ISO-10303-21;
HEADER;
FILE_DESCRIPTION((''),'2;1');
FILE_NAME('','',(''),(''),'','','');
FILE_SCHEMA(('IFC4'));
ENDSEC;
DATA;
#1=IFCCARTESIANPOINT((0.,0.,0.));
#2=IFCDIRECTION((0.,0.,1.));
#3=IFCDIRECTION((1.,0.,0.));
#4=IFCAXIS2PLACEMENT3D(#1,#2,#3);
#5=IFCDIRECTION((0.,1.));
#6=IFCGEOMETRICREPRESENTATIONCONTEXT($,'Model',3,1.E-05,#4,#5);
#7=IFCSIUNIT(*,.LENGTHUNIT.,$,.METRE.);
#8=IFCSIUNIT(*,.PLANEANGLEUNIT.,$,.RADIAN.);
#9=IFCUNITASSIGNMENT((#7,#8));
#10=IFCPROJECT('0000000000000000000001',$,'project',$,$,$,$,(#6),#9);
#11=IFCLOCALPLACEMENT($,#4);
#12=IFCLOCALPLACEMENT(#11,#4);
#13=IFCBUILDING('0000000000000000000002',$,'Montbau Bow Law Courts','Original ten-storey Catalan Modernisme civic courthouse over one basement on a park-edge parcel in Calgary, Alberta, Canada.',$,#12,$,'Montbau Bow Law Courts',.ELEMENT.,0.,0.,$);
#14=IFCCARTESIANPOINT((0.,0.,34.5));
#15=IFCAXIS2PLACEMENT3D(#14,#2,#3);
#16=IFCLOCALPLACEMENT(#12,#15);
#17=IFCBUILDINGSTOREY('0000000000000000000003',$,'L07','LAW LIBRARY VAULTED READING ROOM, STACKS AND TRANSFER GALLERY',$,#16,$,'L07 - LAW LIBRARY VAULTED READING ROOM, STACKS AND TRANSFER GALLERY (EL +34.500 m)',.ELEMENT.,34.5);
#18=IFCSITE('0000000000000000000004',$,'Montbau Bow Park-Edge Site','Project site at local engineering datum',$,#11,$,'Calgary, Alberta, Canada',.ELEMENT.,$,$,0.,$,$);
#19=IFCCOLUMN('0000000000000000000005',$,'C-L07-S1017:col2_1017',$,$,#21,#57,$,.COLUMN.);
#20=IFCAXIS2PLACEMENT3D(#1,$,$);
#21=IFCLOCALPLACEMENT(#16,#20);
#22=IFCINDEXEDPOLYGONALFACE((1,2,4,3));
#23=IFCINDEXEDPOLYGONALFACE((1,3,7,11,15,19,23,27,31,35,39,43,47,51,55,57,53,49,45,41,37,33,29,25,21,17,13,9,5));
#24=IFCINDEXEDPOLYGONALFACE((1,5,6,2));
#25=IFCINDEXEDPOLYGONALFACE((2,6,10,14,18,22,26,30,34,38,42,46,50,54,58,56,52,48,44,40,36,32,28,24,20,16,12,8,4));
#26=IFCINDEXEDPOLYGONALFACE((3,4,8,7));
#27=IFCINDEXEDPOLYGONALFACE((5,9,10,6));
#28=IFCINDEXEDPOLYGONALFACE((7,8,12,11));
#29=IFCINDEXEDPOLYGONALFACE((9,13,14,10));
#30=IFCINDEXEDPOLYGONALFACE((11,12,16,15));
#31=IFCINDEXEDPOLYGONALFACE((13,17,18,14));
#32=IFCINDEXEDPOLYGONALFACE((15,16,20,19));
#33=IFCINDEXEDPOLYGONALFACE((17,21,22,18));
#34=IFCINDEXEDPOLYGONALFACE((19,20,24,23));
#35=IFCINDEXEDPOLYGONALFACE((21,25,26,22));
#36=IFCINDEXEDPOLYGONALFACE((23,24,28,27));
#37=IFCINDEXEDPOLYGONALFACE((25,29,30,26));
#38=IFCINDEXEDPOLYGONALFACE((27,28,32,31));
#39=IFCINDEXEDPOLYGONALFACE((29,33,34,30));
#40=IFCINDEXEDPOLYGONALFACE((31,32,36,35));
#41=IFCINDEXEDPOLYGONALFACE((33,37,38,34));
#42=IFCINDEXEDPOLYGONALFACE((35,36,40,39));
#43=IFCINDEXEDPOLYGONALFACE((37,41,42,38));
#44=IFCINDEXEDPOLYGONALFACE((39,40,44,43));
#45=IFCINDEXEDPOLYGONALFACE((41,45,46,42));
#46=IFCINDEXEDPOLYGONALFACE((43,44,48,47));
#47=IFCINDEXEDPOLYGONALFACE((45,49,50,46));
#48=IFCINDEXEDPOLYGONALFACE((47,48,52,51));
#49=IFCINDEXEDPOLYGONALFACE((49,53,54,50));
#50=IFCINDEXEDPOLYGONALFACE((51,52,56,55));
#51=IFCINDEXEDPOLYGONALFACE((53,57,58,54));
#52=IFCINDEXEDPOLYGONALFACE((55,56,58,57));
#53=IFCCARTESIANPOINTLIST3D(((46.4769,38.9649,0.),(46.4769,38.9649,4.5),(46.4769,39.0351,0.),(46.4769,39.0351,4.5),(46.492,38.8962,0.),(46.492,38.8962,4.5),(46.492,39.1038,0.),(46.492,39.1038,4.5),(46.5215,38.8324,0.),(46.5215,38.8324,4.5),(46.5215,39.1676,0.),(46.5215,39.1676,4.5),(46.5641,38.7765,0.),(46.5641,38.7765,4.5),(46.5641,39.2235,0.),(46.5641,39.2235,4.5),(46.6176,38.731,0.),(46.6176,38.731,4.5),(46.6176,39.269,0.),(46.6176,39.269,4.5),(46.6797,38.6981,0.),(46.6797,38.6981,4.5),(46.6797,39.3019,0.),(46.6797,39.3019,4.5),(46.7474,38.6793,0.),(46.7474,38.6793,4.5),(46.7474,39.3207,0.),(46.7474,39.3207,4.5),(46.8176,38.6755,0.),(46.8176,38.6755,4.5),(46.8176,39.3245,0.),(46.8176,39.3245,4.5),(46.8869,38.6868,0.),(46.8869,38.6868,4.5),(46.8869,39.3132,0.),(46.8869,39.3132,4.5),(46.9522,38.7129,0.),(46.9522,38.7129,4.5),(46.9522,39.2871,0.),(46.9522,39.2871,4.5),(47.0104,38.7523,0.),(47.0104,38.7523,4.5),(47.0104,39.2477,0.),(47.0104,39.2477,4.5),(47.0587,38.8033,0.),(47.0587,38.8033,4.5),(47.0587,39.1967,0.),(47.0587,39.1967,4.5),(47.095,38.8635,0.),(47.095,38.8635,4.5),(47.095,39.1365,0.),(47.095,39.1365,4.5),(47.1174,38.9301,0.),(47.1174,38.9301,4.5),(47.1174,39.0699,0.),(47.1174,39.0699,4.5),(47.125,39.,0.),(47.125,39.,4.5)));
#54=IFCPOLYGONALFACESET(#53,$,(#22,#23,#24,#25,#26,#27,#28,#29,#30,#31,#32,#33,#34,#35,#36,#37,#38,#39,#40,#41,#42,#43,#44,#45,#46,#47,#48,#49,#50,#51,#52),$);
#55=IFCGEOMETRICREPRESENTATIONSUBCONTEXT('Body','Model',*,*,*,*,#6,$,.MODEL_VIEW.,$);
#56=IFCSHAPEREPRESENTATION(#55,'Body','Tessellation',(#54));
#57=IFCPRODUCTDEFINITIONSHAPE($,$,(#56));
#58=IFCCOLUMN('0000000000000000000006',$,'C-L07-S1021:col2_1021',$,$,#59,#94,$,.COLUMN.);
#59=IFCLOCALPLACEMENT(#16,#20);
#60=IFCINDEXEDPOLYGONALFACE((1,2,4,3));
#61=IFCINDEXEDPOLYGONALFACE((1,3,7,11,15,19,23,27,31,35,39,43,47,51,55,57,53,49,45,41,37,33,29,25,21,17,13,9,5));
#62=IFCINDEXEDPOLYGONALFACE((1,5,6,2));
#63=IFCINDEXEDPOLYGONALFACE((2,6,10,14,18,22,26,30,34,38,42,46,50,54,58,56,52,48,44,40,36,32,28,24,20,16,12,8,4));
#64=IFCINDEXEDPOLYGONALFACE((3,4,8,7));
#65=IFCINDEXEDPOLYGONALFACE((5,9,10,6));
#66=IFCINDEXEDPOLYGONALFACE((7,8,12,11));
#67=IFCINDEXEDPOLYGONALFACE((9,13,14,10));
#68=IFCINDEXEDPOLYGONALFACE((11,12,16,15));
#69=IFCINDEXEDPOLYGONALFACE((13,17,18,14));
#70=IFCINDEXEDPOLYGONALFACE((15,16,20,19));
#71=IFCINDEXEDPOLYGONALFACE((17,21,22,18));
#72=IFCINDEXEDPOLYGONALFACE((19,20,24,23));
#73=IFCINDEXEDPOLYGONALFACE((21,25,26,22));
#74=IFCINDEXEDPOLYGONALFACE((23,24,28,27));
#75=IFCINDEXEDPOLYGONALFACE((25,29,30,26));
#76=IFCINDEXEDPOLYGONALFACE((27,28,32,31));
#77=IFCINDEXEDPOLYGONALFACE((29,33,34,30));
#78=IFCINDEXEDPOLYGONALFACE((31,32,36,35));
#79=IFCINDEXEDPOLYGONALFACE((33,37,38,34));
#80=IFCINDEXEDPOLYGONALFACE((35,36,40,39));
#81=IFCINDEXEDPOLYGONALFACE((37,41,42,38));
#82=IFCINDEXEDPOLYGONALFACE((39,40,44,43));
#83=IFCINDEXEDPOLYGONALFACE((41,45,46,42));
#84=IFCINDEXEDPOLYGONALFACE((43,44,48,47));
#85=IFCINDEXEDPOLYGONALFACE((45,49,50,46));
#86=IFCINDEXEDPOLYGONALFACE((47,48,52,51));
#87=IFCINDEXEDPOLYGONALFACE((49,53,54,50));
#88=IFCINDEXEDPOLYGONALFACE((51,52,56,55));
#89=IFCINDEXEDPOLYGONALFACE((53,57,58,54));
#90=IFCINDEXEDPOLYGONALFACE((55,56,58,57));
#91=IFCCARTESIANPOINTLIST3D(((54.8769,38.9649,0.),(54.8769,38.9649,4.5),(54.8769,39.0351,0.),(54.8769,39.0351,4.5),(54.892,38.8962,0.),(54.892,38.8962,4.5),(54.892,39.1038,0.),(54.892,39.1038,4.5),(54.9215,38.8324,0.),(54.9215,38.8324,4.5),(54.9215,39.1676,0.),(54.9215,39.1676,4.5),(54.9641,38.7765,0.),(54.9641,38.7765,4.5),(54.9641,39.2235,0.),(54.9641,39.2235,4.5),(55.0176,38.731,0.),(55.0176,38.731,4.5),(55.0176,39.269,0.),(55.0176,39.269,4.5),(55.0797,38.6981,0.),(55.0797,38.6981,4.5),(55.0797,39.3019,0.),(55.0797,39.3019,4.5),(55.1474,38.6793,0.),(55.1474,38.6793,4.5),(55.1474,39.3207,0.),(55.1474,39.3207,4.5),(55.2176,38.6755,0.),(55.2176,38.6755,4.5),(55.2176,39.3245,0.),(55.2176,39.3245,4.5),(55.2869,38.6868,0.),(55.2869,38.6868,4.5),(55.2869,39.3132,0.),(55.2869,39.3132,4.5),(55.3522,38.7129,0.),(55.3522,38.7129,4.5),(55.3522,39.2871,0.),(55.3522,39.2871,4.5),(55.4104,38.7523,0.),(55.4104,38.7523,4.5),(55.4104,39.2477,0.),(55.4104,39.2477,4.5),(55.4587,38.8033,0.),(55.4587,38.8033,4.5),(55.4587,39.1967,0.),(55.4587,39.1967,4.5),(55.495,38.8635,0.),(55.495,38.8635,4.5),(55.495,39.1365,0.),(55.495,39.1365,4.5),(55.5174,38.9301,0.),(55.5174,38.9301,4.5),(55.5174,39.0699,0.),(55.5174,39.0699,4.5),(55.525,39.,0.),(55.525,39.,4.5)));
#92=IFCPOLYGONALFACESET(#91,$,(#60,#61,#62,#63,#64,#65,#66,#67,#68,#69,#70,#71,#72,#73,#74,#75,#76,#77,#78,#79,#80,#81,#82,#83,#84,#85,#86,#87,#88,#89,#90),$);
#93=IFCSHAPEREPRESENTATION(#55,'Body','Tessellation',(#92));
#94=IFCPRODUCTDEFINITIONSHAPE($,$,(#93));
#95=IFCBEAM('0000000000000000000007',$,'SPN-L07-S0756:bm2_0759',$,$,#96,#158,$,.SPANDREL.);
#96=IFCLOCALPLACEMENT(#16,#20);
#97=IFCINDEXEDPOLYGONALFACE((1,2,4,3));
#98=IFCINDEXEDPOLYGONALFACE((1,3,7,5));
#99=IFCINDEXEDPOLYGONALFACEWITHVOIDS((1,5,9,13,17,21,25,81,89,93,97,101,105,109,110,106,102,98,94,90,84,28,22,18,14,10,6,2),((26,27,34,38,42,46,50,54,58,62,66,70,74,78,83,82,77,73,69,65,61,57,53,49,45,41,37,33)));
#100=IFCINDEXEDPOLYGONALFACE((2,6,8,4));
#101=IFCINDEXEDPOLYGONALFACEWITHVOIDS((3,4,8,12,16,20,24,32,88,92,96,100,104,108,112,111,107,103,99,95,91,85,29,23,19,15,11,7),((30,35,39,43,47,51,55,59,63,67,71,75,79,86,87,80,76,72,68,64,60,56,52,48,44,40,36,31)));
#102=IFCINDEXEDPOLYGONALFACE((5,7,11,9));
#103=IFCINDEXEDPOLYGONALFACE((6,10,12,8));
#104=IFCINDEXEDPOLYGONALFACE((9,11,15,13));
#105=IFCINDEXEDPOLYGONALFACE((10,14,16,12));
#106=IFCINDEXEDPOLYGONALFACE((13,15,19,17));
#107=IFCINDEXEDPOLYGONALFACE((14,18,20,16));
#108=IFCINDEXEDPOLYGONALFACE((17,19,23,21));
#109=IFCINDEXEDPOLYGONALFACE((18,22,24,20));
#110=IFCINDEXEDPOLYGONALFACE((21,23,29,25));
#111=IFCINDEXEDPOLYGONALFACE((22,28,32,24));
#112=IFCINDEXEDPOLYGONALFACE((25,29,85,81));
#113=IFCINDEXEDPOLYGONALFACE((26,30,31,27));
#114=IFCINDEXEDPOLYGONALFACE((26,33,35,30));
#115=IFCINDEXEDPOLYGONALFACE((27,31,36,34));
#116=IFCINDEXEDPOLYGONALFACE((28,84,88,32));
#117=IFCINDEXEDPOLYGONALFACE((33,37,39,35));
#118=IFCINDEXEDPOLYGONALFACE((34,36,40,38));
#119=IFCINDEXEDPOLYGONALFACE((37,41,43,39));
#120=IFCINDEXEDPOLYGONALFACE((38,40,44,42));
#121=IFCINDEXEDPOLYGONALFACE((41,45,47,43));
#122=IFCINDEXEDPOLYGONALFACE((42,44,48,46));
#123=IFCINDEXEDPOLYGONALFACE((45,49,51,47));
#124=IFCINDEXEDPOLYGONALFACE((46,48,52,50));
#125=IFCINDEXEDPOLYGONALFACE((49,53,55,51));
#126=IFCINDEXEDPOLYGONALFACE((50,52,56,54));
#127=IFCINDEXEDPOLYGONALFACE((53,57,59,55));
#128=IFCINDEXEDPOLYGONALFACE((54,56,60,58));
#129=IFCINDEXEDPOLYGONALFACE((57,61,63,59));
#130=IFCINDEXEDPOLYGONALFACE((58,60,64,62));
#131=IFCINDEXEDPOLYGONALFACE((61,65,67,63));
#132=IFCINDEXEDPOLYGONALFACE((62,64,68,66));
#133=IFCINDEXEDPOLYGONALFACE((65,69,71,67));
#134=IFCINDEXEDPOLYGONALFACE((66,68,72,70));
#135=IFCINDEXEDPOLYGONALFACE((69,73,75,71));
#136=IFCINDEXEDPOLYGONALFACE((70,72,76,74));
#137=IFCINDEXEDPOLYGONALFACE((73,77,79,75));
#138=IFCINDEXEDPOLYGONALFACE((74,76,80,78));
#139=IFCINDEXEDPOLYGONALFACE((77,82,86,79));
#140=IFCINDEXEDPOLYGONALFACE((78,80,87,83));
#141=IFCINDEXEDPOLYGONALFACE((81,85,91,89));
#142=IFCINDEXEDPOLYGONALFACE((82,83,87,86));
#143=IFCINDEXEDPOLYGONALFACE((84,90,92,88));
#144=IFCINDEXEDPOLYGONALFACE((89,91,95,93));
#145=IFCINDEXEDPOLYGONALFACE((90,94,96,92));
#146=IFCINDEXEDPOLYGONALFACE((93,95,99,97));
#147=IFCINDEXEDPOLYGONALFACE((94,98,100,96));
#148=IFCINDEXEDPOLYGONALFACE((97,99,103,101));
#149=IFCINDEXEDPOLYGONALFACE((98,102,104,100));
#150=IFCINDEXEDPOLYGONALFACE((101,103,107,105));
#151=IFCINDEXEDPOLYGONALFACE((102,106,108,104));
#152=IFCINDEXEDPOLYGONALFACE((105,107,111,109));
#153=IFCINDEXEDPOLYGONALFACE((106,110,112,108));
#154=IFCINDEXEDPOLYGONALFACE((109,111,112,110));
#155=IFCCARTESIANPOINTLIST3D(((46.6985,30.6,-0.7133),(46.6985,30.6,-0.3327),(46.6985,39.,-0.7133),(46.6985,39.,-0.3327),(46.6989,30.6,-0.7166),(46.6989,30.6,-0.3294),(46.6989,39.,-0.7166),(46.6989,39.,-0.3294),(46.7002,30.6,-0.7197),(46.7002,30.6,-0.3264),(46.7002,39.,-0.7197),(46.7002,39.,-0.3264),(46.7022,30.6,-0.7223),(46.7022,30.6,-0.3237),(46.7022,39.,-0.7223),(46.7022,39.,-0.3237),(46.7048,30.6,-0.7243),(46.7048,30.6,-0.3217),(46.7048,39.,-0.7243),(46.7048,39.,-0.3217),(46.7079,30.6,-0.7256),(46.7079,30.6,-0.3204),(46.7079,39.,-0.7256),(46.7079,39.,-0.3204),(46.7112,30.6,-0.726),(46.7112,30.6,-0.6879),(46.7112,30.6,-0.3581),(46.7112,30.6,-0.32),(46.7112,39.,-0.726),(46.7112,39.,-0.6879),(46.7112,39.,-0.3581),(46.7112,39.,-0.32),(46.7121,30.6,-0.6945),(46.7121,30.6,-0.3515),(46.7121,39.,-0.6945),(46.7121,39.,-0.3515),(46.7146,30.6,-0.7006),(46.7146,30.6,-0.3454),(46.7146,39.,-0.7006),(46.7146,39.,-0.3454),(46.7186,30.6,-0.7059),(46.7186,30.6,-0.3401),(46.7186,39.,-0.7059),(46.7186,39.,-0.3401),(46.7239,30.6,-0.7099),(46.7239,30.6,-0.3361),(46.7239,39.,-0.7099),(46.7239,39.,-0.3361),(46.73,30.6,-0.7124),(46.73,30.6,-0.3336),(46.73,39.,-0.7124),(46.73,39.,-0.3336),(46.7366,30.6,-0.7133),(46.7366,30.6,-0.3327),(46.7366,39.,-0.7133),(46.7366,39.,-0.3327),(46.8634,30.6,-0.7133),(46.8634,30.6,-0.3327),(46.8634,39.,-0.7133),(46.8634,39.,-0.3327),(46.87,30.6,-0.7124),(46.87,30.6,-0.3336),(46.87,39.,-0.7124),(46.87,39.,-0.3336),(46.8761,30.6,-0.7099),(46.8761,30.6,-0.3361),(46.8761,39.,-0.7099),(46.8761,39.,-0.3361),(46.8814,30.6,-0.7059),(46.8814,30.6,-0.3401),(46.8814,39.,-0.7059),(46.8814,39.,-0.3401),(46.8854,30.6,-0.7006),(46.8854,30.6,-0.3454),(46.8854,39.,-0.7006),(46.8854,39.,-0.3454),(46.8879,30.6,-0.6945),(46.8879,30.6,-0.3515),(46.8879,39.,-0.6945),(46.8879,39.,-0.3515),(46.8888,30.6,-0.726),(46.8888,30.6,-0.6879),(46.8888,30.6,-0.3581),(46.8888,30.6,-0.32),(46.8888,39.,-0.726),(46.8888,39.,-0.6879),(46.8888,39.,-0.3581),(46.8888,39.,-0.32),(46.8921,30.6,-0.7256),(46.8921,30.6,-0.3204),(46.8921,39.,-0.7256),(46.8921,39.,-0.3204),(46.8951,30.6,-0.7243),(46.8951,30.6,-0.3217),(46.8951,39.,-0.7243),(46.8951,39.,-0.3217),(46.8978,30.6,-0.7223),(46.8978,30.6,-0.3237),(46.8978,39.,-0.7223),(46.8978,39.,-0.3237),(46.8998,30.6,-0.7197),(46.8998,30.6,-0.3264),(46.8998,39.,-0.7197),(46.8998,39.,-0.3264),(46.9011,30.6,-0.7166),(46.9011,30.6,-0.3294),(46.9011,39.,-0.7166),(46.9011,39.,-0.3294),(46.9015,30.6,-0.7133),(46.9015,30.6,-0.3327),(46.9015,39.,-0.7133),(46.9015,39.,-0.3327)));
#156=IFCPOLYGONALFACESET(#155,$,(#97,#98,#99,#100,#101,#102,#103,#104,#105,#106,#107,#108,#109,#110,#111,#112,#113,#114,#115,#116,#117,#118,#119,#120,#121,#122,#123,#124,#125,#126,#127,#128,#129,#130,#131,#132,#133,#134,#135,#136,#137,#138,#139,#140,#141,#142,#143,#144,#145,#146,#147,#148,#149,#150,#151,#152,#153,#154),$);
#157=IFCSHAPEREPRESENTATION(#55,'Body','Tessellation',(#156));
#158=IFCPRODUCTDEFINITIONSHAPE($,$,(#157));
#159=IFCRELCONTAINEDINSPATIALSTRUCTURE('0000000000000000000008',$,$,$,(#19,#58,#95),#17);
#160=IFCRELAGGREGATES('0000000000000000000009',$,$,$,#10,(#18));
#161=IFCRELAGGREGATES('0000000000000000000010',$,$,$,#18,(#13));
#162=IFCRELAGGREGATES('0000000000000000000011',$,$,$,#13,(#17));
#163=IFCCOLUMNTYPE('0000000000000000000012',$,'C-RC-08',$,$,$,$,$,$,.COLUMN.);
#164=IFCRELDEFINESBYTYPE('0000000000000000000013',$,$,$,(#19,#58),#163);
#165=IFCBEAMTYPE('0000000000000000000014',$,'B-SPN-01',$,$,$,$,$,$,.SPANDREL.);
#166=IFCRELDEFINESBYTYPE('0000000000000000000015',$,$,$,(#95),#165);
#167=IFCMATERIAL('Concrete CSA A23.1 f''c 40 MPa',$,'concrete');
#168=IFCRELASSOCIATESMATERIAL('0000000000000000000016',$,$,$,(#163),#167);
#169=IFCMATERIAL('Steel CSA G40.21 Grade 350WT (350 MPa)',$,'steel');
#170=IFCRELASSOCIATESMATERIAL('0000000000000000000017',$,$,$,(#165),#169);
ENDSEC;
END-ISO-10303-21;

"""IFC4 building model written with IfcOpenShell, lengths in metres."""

from ifc_helpers import new_model, si_unit, direction, frame, origin_with_axes, origin_2d_with_axis, place, context, subcontext, project, spatial, hollow_rectangle, circle, extrude, material, material_profile, profile_set, type_object, element, save


model = new_model("IFC4")

# Units and contexts
model_context = context("Model", 3, precision=1e-05, world=origin_with_axes(), true_north=direction((0.0, 1.0)))
body_context = subcontext(model_context, "Body", "Model", "MODEL_VIEW")
ifc_project = project(units=[si_unit("LENGTHUNIT", "METRE"), si_unit("PLANEANGLEUNIT", "RADIAN")], contexts=[model_context])

# Site, building, storey
site_placement = place(None, origin_with_axes())
site = spatial("IfcSite", under=ifc_project, at=site_placement, Name="Montbau Bow Park-Edge Site", Description="Project site at local engineering datum", LongName="Calgary, Alberta, Canada", CompositionType="ELEMENT", RefElevation=0.0)
building_placement = place(site_placement, origin_with_axes())
building = spatial("IfcBuilding", under=site, at=building_placement, Name="Montbau Bow Law Courts", Description="Original ten-storey Catalan Modernisme civic courthouse over one basement on a park-edge parcel in Calgary, Alberta, Canada.", LongName="Montbau Bow Law Courts", CompositionType="ELEMENT", ElevationOfRefHeight=0.0, ElevationOfTerrain=0.0)
storey_placement = place(building_placement, frame((0.0, 0.0, 34.5), z_axis=(0.0, 0.0, 1.0), x_axis=(1.0, 0.0, 0.0)))
storey = spatial("IfcBuildingStorey", under=building, at=storey_placement, Name="L07", Description="LAW LIBRARY VAULTED READING ROOM, STACKS AND TRANSFER GALLERY", LongName="L07 - LAW LIBRARY VAULTED READING ROOM, STACKS AND TRANSFER GALLERY (EL +34.500 m)", CompositionType="ELEMENT", Elevation=34.5)

# Columns
ifc_material_1 = material(Name="Concrete CSA A23.1 f'c 40 MPa", Category="concrete")
ifc_material_profile_1 = material_profile(ifc_material_1, circle(Radius=0.325, at=origin_2d_with_axis()), Name="RC650D", Category="Main", Priority=0)
ifc_profile_set_1 = profile_set([ifc_material_profile_1], Name="Concrete CSA A23.1 f'c 40 MPa")
column_type = type_object("IfcColumnType", Name="C-RC-08", PredefinedType="COLUMN", material=ifc_profile_set_1)
for number, where, z_axis, x_axis, name in (
    (1, (46.8, 39.0, 34.5), (0.0, 0.0, 1.0), (1.0, 0.0, 0.0), "C-L07-S1017:col2_1017"),
    (2, (55.2, 39.0, 34.5), (0.0, 0.0, 1.0), (1.0, 0.0, 0.0), "C-L07-S1021:col2_1021"),
):
    element("IfcColumn", number, at=place(None, frame(where, z_axis=z_axis, x_axis=x_axis)), inside=storey, type_object=column_type, Name=name, PredefinedType="COLUMN", context=body_context, shape_type="SweptSolid", body=[
        extrude(circle(Radius=0.325, at=origin_2d_with_axis()), origin_with_axes(), (0.0, 0.0, 1.0), 4.5),
    ])

# Beam
ifc_material_2 = material(Name="Steel CSA G40.21 Grade 350WT (350 MPa)", Category="steel")
ifc_material_profile_2 = material_profile(ifc_material_2, hollow_rectangle(XDim=0.203, YDim=0.406, WallThickness=0.0127, InnerFilletRadius=0.0254, OuterFilletRadius=0.0127, at=origin_2d_with_axis()), Name="HSS406X203X13", Category="Main", Priority=0)
ifc_profile_set_2 = profile_set([ifc_material_profile_2], Name="Steel CSA G40.21 Grade 350WT (350 MPa)")
beam_type_1 = type_object("IfcBeamType", Name="B-SPN-01", PredefinedType="SPANDREL", material=ifc_profile_set_2)
beam_1_placement = place(None, frame((46.8, 30.6, 33.977), z_axis=(0.0, 1.0, 0.0), x_axis=(-1.0, 0.0, 0.0)))
element("IfcBeam", 3, at=beam_1_placement, inside=storey, type_object=beam_type_1, Name="SPN-L07-S0756:bm2_0759", PredefinedType="SPANDREL", context=body_context, shape_type="SweptSolid", body=[
    extrude(hollow_rectangle(XDim=0.203, YDim=0.406, WallThickness=0.0127, InnerFilletRadius=0.0254, OuterFilletRadius=0.0127, at=origin_2d_with_axis()), origin_with_axes(), (0.0, 0.0, 1.0), 8.4),
])

save(model, "model.ifc")
